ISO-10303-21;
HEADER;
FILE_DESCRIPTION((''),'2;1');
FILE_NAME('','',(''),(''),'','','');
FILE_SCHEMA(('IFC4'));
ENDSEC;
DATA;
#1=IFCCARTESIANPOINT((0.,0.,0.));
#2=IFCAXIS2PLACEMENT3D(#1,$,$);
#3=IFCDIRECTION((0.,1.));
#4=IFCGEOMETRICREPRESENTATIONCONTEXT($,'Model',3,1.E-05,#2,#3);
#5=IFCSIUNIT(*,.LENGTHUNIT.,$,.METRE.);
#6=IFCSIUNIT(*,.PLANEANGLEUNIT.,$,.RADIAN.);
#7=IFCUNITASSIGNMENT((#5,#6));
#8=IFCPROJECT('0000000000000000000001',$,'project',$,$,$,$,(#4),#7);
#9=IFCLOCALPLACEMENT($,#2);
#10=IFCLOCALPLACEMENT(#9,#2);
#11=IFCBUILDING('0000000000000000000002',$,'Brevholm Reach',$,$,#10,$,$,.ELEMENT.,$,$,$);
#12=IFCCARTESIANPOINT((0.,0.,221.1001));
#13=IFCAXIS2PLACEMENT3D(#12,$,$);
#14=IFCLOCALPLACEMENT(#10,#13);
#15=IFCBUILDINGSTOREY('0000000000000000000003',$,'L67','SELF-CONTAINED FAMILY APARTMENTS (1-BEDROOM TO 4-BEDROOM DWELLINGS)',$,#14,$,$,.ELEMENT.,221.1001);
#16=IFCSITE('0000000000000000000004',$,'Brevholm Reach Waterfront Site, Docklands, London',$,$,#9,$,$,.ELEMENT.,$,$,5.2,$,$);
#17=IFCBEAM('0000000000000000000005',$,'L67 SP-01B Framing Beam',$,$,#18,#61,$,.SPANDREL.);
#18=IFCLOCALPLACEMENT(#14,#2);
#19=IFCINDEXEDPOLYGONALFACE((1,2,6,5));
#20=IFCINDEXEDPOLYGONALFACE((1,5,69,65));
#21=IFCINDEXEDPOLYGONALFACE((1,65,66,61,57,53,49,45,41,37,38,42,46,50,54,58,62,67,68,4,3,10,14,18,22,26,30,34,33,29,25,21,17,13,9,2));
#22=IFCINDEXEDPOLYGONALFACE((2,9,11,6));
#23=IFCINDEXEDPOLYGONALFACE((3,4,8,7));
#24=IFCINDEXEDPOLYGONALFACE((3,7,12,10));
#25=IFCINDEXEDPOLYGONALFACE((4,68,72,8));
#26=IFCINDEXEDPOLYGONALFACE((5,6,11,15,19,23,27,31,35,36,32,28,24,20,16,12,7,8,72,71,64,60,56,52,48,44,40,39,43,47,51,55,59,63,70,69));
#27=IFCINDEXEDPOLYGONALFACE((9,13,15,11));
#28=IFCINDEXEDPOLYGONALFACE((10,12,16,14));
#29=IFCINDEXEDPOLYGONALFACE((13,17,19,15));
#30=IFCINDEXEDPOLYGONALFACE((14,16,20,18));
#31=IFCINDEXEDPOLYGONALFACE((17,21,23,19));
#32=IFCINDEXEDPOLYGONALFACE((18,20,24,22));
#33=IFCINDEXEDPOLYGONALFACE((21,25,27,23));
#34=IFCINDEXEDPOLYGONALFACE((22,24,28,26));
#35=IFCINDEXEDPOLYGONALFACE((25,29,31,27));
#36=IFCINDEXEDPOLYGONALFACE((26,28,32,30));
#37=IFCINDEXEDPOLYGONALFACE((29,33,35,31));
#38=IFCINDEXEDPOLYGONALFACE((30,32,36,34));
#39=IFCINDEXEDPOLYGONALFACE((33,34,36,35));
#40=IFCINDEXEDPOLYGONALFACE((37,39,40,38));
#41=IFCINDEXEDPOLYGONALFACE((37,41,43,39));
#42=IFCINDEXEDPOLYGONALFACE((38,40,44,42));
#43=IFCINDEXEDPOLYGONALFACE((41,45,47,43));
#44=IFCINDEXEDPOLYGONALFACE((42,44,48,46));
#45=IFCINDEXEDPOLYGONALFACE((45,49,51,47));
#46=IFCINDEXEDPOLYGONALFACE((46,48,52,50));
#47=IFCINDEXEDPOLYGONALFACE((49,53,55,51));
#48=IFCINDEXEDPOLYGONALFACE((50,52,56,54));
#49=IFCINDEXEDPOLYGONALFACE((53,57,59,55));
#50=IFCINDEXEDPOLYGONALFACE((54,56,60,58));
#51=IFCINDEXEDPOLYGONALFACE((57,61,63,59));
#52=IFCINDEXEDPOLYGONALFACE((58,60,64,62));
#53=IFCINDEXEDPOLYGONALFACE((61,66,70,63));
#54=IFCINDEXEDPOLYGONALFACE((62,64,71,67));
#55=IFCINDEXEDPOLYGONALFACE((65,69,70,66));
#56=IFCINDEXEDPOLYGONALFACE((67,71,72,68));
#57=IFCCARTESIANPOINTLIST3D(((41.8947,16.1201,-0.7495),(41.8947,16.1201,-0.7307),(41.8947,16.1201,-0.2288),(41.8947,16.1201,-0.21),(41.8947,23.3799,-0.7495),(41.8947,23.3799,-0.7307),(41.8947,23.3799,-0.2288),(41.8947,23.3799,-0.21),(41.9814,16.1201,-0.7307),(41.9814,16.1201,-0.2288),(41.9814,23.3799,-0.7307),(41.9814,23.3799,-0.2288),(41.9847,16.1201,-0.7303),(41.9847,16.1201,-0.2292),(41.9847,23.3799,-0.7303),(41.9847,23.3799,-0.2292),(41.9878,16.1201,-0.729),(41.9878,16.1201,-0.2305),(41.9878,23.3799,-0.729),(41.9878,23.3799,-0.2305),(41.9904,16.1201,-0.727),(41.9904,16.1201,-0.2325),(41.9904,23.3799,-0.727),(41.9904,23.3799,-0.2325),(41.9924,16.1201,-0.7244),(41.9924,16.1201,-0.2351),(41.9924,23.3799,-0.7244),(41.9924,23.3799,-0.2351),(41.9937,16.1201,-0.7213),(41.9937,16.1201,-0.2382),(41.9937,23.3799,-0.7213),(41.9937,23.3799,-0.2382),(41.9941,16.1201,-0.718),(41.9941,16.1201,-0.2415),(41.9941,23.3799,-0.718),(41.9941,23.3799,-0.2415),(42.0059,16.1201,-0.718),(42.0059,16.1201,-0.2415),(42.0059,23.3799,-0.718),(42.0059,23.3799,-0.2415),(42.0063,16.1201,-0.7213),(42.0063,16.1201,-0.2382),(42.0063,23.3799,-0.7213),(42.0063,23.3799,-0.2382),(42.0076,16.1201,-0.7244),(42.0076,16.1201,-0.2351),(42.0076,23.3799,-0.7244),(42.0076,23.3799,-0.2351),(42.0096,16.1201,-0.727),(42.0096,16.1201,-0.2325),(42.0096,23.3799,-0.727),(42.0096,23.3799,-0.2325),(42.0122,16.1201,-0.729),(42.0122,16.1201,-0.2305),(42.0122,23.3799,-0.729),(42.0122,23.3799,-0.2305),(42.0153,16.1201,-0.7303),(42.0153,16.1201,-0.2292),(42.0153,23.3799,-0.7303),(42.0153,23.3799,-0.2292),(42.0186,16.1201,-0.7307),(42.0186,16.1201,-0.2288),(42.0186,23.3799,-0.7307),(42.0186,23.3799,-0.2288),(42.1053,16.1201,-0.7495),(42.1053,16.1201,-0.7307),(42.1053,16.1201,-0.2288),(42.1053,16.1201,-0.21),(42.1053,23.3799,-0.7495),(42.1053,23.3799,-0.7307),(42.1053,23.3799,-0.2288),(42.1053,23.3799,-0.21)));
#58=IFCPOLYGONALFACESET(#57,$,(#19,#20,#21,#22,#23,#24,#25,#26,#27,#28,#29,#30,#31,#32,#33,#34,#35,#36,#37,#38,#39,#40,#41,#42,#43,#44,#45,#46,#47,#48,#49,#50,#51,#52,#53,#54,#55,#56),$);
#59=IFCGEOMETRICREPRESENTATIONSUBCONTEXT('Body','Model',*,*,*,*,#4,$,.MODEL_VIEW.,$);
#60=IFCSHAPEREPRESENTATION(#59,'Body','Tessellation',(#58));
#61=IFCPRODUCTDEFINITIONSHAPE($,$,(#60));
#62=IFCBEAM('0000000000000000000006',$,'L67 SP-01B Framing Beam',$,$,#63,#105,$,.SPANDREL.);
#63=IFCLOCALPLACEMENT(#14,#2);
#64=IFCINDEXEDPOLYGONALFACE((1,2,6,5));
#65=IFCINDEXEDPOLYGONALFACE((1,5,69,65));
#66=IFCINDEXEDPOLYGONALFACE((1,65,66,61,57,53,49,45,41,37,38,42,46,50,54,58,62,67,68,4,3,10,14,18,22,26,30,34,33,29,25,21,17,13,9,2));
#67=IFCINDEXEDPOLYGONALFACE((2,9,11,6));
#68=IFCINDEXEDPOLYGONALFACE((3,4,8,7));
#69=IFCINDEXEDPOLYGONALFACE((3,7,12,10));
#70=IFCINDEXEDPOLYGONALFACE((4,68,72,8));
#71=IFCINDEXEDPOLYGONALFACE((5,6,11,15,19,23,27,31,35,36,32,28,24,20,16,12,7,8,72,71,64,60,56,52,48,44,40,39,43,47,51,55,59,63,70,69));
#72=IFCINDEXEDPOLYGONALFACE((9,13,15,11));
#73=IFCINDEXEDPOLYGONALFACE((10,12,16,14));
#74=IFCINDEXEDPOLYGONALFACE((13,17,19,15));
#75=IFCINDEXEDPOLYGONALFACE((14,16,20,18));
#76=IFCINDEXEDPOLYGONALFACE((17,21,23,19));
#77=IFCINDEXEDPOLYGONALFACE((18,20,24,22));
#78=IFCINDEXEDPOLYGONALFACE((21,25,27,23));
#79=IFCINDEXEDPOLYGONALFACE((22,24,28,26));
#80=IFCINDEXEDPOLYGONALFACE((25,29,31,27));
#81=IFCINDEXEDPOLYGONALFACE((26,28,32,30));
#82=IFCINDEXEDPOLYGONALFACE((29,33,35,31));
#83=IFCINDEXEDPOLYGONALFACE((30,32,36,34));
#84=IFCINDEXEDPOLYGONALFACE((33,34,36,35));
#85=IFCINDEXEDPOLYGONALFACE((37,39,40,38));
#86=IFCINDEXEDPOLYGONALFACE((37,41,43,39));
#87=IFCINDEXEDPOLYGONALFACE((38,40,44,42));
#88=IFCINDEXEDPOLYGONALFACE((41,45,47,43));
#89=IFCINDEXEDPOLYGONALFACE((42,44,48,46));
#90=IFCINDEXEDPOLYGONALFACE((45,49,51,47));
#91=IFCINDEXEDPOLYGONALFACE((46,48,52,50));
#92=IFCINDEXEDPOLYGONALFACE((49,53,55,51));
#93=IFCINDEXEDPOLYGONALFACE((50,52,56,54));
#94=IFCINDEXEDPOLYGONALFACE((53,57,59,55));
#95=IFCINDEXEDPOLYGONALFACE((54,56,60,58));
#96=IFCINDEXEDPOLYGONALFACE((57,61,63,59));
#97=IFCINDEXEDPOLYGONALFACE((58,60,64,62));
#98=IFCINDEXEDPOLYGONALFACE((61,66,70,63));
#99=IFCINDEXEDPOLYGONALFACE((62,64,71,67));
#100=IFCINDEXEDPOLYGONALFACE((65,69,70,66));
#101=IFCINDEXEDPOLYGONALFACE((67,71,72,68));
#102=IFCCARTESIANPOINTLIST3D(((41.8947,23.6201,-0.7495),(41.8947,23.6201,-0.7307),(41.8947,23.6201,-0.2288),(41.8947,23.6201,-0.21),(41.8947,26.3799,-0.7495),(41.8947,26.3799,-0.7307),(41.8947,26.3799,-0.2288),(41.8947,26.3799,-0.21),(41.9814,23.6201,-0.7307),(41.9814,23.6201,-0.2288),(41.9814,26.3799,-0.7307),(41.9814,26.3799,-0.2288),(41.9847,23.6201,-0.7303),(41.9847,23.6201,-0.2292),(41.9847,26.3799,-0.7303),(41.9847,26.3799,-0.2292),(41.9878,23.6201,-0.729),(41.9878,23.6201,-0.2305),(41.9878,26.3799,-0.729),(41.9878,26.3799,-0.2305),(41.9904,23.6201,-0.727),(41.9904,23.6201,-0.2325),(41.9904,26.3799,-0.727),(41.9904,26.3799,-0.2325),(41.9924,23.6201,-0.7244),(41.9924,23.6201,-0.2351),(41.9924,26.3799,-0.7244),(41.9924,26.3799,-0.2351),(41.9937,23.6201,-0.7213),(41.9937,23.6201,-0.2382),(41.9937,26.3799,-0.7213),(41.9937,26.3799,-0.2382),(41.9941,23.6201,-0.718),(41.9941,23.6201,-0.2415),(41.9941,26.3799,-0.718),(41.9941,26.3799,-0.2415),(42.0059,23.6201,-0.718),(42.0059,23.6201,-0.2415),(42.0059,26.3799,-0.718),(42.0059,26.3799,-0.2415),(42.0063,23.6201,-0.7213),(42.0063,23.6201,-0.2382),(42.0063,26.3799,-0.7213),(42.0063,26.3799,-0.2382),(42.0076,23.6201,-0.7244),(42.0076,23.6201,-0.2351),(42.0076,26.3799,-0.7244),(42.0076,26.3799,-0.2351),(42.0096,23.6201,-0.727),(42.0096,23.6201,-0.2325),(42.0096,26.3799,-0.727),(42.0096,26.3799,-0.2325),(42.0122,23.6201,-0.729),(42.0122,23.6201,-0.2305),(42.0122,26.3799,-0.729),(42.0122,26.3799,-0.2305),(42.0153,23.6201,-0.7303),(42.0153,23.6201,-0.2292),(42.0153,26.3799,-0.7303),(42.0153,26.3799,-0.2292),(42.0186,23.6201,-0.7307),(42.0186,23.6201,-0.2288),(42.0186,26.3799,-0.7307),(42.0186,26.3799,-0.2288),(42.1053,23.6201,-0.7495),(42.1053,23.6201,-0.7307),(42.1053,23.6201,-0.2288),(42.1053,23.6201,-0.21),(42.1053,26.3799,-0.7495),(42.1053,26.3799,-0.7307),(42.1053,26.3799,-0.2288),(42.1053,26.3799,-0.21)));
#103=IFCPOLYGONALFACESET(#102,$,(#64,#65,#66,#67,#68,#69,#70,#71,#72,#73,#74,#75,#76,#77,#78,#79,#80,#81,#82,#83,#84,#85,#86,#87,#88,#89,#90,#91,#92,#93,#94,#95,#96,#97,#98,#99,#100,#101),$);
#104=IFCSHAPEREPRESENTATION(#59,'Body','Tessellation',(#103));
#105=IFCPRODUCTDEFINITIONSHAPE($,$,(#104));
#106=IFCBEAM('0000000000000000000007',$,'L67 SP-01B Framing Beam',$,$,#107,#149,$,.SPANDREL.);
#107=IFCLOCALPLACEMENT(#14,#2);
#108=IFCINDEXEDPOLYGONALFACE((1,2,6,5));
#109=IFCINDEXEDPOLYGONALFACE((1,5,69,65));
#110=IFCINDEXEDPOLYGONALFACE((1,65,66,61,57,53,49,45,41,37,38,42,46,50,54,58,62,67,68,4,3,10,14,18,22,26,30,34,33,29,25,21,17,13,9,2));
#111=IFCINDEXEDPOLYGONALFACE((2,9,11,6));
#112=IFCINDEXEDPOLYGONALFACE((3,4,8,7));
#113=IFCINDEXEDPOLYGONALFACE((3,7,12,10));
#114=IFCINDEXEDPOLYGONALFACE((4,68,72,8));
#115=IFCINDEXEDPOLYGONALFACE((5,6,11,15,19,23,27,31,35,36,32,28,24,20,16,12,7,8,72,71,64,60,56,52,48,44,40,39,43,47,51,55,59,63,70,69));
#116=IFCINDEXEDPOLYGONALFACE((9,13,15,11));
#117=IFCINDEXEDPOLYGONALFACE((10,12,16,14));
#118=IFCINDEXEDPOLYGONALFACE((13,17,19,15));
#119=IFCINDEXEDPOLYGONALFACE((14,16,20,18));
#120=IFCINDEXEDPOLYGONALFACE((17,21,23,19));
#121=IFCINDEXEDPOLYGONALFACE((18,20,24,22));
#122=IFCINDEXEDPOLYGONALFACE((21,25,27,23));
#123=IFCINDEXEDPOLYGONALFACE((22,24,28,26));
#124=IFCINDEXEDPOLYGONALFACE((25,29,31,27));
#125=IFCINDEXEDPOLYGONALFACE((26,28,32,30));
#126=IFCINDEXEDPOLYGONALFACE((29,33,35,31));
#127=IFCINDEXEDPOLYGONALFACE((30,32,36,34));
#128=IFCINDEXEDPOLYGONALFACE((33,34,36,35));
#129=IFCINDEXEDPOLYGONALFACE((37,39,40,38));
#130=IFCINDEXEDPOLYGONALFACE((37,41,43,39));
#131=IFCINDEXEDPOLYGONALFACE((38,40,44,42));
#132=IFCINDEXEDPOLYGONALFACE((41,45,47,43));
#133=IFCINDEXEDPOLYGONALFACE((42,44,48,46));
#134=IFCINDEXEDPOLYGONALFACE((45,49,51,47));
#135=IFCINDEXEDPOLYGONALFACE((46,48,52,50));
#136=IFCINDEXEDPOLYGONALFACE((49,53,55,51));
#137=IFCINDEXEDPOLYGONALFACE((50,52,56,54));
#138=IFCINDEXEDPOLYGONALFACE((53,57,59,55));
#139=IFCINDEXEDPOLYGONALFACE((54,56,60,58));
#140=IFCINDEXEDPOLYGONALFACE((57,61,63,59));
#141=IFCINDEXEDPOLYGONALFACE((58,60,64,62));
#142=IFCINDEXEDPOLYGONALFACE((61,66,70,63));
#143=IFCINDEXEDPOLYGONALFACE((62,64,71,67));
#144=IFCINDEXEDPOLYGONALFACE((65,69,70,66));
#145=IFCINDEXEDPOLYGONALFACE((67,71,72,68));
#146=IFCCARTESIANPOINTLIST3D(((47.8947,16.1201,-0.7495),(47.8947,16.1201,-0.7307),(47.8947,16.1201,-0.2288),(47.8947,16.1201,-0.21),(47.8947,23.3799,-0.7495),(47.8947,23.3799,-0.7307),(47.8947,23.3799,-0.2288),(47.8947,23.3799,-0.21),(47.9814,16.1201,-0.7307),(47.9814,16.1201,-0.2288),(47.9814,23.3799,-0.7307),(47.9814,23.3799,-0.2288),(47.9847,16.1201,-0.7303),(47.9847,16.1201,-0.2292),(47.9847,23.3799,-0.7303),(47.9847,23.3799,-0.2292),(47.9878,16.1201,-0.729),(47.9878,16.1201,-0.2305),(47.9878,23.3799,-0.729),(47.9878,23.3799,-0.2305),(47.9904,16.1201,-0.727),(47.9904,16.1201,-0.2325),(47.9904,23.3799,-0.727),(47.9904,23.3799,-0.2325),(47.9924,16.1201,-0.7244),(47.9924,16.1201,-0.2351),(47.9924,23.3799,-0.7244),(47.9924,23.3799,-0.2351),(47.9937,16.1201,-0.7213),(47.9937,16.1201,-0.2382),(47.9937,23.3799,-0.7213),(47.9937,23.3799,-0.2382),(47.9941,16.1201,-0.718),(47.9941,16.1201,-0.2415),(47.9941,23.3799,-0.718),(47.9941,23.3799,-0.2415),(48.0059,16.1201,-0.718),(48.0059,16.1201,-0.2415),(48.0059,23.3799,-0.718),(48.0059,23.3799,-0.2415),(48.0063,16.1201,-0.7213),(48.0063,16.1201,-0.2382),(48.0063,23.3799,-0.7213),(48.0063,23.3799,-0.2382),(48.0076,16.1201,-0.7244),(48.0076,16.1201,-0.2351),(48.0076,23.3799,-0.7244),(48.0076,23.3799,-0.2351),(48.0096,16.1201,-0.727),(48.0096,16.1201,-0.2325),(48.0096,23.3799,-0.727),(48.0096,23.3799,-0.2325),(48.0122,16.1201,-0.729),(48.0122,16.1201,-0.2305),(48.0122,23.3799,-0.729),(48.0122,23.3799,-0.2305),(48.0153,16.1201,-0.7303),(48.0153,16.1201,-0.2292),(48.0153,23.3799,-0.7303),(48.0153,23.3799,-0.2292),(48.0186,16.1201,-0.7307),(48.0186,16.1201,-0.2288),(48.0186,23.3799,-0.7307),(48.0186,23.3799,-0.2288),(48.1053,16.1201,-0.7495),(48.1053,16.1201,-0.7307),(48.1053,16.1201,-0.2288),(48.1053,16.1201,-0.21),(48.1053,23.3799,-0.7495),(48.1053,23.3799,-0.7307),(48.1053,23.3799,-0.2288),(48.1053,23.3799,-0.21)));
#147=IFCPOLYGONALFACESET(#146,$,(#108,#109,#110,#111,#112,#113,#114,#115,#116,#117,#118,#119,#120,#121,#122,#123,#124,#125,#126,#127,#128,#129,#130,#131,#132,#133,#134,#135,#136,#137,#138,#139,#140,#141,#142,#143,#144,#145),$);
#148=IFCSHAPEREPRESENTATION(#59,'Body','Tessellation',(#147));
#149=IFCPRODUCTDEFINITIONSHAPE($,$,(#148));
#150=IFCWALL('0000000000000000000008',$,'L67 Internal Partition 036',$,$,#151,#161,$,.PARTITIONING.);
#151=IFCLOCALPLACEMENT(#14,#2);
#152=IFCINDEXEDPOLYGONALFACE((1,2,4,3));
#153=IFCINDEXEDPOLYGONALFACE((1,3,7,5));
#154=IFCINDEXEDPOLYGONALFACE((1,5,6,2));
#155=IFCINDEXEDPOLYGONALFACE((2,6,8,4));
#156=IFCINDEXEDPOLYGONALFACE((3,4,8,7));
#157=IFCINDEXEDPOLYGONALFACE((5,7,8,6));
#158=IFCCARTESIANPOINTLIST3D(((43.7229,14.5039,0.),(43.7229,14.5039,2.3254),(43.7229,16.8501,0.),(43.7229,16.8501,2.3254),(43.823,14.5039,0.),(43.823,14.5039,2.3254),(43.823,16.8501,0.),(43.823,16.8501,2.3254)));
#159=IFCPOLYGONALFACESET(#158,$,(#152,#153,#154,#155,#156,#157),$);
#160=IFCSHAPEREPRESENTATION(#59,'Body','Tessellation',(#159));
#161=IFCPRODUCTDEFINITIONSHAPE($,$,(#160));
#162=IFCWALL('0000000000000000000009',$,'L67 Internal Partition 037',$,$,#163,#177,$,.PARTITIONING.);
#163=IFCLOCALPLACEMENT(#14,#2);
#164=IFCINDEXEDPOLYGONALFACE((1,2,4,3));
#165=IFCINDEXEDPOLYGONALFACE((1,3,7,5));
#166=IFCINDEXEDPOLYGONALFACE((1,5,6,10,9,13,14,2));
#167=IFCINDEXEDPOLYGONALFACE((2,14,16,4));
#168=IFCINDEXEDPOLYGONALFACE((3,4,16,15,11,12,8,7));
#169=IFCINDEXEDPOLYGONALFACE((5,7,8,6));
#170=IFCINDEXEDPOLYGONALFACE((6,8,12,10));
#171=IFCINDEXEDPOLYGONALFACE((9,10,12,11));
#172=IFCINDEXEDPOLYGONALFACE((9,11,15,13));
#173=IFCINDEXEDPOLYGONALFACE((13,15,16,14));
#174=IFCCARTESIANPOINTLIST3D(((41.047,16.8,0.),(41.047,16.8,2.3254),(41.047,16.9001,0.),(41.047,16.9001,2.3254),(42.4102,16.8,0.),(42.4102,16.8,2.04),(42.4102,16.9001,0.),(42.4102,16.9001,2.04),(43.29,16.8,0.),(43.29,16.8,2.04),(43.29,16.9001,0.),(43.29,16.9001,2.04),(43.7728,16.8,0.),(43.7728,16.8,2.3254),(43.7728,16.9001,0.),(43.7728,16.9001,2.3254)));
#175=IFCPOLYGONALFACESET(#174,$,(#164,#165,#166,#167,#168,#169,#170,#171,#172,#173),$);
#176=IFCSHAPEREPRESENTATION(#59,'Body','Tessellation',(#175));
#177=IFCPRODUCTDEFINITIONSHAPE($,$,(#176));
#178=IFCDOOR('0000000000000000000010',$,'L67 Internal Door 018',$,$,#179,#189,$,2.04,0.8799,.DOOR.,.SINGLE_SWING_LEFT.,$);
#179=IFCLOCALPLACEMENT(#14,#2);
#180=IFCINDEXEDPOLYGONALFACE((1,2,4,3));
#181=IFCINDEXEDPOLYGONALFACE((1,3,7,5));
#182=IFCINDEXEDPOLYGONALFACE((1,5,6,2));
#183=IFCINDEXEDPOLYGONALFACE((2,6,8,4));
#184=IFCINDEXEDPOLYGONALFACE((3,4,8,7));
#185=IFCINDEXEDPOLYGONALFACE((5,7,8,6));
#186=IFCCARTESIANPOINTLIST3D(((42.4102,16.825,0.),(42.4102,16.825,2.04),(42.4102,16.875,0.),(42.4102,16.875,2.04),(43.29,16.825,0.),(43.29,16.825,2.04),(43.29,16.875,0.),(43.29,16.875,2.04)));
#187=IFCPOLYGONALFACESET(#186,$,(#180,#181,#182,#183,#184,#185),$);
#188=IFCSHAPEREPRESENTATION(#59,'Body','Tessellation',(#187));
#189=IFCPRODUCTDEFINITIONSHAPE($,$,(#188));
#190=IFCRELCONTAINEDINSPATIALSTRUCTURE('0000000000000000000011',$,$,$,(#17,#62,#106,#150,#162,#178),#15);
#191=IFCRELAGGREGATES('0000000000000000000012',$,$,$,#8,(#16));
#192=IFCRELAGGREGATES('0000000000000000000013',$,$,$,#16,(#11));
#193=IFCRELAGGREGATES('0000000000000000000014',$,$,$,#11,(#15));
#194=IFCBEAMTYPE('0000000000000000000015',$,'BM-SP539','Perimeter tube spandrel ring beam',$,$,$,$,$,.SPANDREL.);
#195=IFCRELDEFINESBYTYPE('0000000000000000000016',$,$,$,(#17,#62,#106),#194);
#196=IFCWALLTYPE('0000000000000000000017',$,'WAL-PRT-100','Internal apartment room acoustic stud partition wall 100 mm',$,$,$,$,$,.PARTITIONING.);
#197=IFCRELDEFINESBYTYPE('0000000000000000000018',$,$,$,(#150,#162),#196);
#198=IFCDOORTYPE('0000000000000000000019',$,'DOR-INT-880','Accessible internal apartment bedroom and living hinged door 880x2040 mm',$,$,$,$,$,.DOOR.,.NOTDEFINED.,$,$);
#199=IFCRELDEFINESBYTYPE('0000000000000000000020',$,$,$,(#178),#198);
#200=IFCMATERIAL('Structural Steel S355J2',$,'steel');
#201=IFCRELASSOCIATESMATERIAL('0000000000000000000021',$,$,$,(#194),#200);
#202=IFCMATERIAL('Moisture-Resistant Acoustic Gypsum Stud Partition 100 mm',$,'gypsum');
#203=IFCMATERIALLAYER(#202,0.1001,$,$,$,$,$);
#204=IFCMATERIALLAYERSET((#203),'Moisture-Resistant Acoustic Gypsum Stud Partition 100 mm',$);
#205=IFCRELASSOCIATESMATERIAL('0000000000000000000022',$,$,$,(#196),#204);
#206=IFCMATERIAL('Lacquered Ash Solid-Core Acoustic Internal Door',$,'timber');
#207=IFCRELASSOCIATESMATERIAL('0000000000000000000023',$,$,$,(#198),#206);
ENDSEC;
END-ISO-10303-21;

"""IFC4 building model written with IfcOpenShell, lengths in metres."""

from ifc_helpers import new_model, si_unit, direction, frame, frame_2d, origin, origin_2d, place, context, subcontext, project, spatial, rectangle, i_section, extrude, material, layer, layer_set, material_profile, profile_set, type_object, element, fill, save


model = new_model("IFC4")

# Units and contexts
model_context = context("Model", 3, precision=1e-05, world=origin(), true_north=direction((0.0, 1.0)))
body_context = subcontext(model_context, "Body", "Model", "MODEL_VIEW")
ifc_project = project(units=[si_unit("LENGTHUNIT", "METRE"), si_unit("PLANEANGLEUNIT", "RADIAN")], contexts=[model_context])

# Site, building, storey
site_placement = place(None, origin())
site = spatial("IfcSite", under=ifc_project, at=site_placement, Name="Brevholm Reach Waterfront Site, Docklands, London", CompositionType="ELEMENT", RefElevation=5.2)
building_placement = place(site_placement, origin())
building = spatial("IfcBuilding", under=site, at=building_placement, Name="Brevholm Reach", CompositionType="ELEMENT")
storey_placement = place(building_placement, frame((0.0, 0.0, 221.1001)))
storey = spatial("IfcBuildingStorey", under=building, at=storey_placement, Name="L67", Description="SELF-CONTAINED FAMILY APARTMENTS (1-BEDROOM TO 4-BEDROOM DWELLINGS)", CompositionType="ELEMENT", Elevation=221.1001)

# Beams
ifc_material_1 = material(Name="Structural Steel S355J2", Category="steel")
ifc_material_profile_1 = material_profile(ifc_material_1, i_section(OverallWidth=0.2107, OverallDepth=0.5396, WebThickness=0.0117, FlangeThickness=0.0188, FilletRadius=0.0127, at=origin_2d()), Name="UKB 533x210x109")
ifc_profile_set_1 = profile_set([ifc_material_profile_1], Name="Structural Steel S355J2")
beam_type_1 = type_object("IfcBeamType", Name="BM-SP539", Description="Perimeter tube spandrel ring beam", PredefinedType="SPANDREL", material=ifc_profile_set_1)
beam_1_placement = place(storey_placement, frame((42.0, 16.1201, -0.4797), z_axis=(0.0, 1.0, 0.0), x_axis=(-1.0, 0.0, 0.0)))
element("IfcBeam", 1, at=beam_1_placement, inside=storey, type_object=beam_type_1, Name="L67 SP-01B Framing Beam", PredefinedType="SPANDREL", context=body_context, shape_type="SweptSolid", body=[
    extrude(i_section(OverallWidth=0.2107, OverallDepth=0.5396, WebThickness=0.0117, FlangeThickness=0.0188, FilletRadius=0.0127, at=origin_2d()), origin(), (0.0, 0.0, 1.0), 7.2598),
])
beam_2_placement = place(storey_placement, frame((42.0, 23.6201, -0.4797), z_axis=(0.0, 1.0, 0.0), x_axis=(-1.0, 0.0, 0.0)))
element("IfcBeam", 2, at=beam_2_placement, inside=storey, type_object=beam_type_1, Name="L67 SP-01B Framing Beam", PredefinedType="SPANDREL", context=body_context, shape_type="SweptSolid", body=[
    extrude(i_section(OverallWidth=0.2107, OverallDepth=0.5396, WebThickness=0.0117, FlangeThickness=0.0188, FilletRadius=0.0127, at=origin_2d()), origin(), (0.0, 0.0, 1.0), 2.7598),
])
beam_3_placement = place(storey_placement, frame((48.0, 16.1201, -0.4797), z_axis=(0.0, 1.0, 0.0), x_axis=(-1.0, 0.0, 0.0)))
element("IfcBeam", 3, at=beam_3_placement, inside=storey, type_object=beam_type_1, Name="L67 SP-01B Framing Beam", PredefinedType="SPANDREL", context=body_context, shape_type="SweptSolid", body=[
    extrude(i_section(OverallWidth=0.2107, OverallDepth=0.5396, WebThickness=0.0117, FlangeThickness=0.0188, FilletRadius=0.0127, at=origin_2d()), origin(), (0.0, 0.0, 1.0), 7.2598),
])

# Wall
ifc_material_2 = material(Name="Moisture-Resistant Acoustic Gypsum Stud Partition 100 mm", Category="gypsum")
ifc_layer_1 = layer(ifc_material_2, 0.1001)
ifc_layer_set_1 = layer_set([ifc_layer_1], Name="Moisture-Resistant Acoustic Gypsum Stud Partition 100 mm")
wall_type_1 = type_object("IfcWallType", Name="WAL-PRT-100", Description="Internal apartment room acoustic stud partition wall 100 mm", PredefinedType="PARTITIONING", material=ifc_layer_set_1)
wall_1_placement = place(storey_placement, frame((43.7729, 14.5039, 0.0), z_axis=(0.0, 0.0, 1.0), x_axis=(0.0, 1.0, 0.0)))
element("IfcWall", 4, at=wall_1_placement, inside=storey, type_object=wall_type_1, Name="L67 Internal Partition 036", PredefinedType="PARTITIONING", context=body_context, shape_type="SweptSolid", body=[
    extrude(rectangle(XDim=2.3462, YDim=0.1001, at=frame_2d((1.1731, 0.0))), origin(), (0.0, 0.0, 1.0), 2.3254),
])

# Wall, opening, door
wall_2_placement = place(storey_placement, frame((41.0471, 16.8501, 0.0), z_axis=(0.0, 0.0, 1.0), x_axis=(1.0, 0.0, 0.0)))
wall_2 = element("IfcWall", 5, at=wall_2_placement, inside=storey, type_object=wall_type_1, Name="L67 Internal Partition 037", PredefinedType="PARTITIONING", context=body_context, shape_type="SweptSolid", body=[
    extrude(rectangle(XDim=2.7258, YDim=0.1001, at=frame_2d((1.3628, 0.0))), origin(), (0.0, 0.0, 1.0), 2.3254),
])
opening_1_placement = place(wall_2_placement, frame((1.363, 0.0, 0.0)))
opening_1 = element("IfcOpeningElement", 6, at=opening_1_placement, cuts=wall_2, PredefinedType="OPENING", context=body_context, shape_type="SweptSolid", body=[
    extrude(rectangle(XDim=0.8799, YDim=2.04, at=frame_2d((0.4399, 1.02))), frame((0.0, 0.0601, 0.0), z_axis=(0.0, -1.0, 0.0), x_axis=(1.0, 0.0, 0.0)), (0.0, 0.0, 1.0), 0.1201),
])
ifc_material_3 = material(Name="Lacquered Ash Solid-Core Acoustic Internal Door", Category="timber")
door_type = type_object("IfcDoorType", Name="DOR-INT-880", Description="Accessible internal apartment bedroom and living hinged door 880x2040 mm", OperationType="NOTDEFINED", PredefinedType="DOOR", material=ifc_material_3)
door_1_placement = place(opening_1_placement, origin())
door_1 = element("IfcDoor", 7, at=door_1_placement, inside=storey, type_object=door_type, Name="L67 Internal Door 018", OperationType="SINGLE_SWING_LEFT", OverallHeight=2.04, OverallWidth=0.8799, PredefinedType="DOOR", context=body_context, shape_type="SweptSolid", body=[
    extrude(rectangle(XDim=0.8799, YDim=2.04, at=frame_2d((0.4399, 1.02))), frame((0.0, 0.0249, 0.0), z_axis=(0.0, -1.0, 0.0), x_axis=(1.0, 0.0, 0.0)), (0.0, 0.0, 1.0), 0.05),
])
fill(opening_1, door_1)

save(model, "model.ifc")
